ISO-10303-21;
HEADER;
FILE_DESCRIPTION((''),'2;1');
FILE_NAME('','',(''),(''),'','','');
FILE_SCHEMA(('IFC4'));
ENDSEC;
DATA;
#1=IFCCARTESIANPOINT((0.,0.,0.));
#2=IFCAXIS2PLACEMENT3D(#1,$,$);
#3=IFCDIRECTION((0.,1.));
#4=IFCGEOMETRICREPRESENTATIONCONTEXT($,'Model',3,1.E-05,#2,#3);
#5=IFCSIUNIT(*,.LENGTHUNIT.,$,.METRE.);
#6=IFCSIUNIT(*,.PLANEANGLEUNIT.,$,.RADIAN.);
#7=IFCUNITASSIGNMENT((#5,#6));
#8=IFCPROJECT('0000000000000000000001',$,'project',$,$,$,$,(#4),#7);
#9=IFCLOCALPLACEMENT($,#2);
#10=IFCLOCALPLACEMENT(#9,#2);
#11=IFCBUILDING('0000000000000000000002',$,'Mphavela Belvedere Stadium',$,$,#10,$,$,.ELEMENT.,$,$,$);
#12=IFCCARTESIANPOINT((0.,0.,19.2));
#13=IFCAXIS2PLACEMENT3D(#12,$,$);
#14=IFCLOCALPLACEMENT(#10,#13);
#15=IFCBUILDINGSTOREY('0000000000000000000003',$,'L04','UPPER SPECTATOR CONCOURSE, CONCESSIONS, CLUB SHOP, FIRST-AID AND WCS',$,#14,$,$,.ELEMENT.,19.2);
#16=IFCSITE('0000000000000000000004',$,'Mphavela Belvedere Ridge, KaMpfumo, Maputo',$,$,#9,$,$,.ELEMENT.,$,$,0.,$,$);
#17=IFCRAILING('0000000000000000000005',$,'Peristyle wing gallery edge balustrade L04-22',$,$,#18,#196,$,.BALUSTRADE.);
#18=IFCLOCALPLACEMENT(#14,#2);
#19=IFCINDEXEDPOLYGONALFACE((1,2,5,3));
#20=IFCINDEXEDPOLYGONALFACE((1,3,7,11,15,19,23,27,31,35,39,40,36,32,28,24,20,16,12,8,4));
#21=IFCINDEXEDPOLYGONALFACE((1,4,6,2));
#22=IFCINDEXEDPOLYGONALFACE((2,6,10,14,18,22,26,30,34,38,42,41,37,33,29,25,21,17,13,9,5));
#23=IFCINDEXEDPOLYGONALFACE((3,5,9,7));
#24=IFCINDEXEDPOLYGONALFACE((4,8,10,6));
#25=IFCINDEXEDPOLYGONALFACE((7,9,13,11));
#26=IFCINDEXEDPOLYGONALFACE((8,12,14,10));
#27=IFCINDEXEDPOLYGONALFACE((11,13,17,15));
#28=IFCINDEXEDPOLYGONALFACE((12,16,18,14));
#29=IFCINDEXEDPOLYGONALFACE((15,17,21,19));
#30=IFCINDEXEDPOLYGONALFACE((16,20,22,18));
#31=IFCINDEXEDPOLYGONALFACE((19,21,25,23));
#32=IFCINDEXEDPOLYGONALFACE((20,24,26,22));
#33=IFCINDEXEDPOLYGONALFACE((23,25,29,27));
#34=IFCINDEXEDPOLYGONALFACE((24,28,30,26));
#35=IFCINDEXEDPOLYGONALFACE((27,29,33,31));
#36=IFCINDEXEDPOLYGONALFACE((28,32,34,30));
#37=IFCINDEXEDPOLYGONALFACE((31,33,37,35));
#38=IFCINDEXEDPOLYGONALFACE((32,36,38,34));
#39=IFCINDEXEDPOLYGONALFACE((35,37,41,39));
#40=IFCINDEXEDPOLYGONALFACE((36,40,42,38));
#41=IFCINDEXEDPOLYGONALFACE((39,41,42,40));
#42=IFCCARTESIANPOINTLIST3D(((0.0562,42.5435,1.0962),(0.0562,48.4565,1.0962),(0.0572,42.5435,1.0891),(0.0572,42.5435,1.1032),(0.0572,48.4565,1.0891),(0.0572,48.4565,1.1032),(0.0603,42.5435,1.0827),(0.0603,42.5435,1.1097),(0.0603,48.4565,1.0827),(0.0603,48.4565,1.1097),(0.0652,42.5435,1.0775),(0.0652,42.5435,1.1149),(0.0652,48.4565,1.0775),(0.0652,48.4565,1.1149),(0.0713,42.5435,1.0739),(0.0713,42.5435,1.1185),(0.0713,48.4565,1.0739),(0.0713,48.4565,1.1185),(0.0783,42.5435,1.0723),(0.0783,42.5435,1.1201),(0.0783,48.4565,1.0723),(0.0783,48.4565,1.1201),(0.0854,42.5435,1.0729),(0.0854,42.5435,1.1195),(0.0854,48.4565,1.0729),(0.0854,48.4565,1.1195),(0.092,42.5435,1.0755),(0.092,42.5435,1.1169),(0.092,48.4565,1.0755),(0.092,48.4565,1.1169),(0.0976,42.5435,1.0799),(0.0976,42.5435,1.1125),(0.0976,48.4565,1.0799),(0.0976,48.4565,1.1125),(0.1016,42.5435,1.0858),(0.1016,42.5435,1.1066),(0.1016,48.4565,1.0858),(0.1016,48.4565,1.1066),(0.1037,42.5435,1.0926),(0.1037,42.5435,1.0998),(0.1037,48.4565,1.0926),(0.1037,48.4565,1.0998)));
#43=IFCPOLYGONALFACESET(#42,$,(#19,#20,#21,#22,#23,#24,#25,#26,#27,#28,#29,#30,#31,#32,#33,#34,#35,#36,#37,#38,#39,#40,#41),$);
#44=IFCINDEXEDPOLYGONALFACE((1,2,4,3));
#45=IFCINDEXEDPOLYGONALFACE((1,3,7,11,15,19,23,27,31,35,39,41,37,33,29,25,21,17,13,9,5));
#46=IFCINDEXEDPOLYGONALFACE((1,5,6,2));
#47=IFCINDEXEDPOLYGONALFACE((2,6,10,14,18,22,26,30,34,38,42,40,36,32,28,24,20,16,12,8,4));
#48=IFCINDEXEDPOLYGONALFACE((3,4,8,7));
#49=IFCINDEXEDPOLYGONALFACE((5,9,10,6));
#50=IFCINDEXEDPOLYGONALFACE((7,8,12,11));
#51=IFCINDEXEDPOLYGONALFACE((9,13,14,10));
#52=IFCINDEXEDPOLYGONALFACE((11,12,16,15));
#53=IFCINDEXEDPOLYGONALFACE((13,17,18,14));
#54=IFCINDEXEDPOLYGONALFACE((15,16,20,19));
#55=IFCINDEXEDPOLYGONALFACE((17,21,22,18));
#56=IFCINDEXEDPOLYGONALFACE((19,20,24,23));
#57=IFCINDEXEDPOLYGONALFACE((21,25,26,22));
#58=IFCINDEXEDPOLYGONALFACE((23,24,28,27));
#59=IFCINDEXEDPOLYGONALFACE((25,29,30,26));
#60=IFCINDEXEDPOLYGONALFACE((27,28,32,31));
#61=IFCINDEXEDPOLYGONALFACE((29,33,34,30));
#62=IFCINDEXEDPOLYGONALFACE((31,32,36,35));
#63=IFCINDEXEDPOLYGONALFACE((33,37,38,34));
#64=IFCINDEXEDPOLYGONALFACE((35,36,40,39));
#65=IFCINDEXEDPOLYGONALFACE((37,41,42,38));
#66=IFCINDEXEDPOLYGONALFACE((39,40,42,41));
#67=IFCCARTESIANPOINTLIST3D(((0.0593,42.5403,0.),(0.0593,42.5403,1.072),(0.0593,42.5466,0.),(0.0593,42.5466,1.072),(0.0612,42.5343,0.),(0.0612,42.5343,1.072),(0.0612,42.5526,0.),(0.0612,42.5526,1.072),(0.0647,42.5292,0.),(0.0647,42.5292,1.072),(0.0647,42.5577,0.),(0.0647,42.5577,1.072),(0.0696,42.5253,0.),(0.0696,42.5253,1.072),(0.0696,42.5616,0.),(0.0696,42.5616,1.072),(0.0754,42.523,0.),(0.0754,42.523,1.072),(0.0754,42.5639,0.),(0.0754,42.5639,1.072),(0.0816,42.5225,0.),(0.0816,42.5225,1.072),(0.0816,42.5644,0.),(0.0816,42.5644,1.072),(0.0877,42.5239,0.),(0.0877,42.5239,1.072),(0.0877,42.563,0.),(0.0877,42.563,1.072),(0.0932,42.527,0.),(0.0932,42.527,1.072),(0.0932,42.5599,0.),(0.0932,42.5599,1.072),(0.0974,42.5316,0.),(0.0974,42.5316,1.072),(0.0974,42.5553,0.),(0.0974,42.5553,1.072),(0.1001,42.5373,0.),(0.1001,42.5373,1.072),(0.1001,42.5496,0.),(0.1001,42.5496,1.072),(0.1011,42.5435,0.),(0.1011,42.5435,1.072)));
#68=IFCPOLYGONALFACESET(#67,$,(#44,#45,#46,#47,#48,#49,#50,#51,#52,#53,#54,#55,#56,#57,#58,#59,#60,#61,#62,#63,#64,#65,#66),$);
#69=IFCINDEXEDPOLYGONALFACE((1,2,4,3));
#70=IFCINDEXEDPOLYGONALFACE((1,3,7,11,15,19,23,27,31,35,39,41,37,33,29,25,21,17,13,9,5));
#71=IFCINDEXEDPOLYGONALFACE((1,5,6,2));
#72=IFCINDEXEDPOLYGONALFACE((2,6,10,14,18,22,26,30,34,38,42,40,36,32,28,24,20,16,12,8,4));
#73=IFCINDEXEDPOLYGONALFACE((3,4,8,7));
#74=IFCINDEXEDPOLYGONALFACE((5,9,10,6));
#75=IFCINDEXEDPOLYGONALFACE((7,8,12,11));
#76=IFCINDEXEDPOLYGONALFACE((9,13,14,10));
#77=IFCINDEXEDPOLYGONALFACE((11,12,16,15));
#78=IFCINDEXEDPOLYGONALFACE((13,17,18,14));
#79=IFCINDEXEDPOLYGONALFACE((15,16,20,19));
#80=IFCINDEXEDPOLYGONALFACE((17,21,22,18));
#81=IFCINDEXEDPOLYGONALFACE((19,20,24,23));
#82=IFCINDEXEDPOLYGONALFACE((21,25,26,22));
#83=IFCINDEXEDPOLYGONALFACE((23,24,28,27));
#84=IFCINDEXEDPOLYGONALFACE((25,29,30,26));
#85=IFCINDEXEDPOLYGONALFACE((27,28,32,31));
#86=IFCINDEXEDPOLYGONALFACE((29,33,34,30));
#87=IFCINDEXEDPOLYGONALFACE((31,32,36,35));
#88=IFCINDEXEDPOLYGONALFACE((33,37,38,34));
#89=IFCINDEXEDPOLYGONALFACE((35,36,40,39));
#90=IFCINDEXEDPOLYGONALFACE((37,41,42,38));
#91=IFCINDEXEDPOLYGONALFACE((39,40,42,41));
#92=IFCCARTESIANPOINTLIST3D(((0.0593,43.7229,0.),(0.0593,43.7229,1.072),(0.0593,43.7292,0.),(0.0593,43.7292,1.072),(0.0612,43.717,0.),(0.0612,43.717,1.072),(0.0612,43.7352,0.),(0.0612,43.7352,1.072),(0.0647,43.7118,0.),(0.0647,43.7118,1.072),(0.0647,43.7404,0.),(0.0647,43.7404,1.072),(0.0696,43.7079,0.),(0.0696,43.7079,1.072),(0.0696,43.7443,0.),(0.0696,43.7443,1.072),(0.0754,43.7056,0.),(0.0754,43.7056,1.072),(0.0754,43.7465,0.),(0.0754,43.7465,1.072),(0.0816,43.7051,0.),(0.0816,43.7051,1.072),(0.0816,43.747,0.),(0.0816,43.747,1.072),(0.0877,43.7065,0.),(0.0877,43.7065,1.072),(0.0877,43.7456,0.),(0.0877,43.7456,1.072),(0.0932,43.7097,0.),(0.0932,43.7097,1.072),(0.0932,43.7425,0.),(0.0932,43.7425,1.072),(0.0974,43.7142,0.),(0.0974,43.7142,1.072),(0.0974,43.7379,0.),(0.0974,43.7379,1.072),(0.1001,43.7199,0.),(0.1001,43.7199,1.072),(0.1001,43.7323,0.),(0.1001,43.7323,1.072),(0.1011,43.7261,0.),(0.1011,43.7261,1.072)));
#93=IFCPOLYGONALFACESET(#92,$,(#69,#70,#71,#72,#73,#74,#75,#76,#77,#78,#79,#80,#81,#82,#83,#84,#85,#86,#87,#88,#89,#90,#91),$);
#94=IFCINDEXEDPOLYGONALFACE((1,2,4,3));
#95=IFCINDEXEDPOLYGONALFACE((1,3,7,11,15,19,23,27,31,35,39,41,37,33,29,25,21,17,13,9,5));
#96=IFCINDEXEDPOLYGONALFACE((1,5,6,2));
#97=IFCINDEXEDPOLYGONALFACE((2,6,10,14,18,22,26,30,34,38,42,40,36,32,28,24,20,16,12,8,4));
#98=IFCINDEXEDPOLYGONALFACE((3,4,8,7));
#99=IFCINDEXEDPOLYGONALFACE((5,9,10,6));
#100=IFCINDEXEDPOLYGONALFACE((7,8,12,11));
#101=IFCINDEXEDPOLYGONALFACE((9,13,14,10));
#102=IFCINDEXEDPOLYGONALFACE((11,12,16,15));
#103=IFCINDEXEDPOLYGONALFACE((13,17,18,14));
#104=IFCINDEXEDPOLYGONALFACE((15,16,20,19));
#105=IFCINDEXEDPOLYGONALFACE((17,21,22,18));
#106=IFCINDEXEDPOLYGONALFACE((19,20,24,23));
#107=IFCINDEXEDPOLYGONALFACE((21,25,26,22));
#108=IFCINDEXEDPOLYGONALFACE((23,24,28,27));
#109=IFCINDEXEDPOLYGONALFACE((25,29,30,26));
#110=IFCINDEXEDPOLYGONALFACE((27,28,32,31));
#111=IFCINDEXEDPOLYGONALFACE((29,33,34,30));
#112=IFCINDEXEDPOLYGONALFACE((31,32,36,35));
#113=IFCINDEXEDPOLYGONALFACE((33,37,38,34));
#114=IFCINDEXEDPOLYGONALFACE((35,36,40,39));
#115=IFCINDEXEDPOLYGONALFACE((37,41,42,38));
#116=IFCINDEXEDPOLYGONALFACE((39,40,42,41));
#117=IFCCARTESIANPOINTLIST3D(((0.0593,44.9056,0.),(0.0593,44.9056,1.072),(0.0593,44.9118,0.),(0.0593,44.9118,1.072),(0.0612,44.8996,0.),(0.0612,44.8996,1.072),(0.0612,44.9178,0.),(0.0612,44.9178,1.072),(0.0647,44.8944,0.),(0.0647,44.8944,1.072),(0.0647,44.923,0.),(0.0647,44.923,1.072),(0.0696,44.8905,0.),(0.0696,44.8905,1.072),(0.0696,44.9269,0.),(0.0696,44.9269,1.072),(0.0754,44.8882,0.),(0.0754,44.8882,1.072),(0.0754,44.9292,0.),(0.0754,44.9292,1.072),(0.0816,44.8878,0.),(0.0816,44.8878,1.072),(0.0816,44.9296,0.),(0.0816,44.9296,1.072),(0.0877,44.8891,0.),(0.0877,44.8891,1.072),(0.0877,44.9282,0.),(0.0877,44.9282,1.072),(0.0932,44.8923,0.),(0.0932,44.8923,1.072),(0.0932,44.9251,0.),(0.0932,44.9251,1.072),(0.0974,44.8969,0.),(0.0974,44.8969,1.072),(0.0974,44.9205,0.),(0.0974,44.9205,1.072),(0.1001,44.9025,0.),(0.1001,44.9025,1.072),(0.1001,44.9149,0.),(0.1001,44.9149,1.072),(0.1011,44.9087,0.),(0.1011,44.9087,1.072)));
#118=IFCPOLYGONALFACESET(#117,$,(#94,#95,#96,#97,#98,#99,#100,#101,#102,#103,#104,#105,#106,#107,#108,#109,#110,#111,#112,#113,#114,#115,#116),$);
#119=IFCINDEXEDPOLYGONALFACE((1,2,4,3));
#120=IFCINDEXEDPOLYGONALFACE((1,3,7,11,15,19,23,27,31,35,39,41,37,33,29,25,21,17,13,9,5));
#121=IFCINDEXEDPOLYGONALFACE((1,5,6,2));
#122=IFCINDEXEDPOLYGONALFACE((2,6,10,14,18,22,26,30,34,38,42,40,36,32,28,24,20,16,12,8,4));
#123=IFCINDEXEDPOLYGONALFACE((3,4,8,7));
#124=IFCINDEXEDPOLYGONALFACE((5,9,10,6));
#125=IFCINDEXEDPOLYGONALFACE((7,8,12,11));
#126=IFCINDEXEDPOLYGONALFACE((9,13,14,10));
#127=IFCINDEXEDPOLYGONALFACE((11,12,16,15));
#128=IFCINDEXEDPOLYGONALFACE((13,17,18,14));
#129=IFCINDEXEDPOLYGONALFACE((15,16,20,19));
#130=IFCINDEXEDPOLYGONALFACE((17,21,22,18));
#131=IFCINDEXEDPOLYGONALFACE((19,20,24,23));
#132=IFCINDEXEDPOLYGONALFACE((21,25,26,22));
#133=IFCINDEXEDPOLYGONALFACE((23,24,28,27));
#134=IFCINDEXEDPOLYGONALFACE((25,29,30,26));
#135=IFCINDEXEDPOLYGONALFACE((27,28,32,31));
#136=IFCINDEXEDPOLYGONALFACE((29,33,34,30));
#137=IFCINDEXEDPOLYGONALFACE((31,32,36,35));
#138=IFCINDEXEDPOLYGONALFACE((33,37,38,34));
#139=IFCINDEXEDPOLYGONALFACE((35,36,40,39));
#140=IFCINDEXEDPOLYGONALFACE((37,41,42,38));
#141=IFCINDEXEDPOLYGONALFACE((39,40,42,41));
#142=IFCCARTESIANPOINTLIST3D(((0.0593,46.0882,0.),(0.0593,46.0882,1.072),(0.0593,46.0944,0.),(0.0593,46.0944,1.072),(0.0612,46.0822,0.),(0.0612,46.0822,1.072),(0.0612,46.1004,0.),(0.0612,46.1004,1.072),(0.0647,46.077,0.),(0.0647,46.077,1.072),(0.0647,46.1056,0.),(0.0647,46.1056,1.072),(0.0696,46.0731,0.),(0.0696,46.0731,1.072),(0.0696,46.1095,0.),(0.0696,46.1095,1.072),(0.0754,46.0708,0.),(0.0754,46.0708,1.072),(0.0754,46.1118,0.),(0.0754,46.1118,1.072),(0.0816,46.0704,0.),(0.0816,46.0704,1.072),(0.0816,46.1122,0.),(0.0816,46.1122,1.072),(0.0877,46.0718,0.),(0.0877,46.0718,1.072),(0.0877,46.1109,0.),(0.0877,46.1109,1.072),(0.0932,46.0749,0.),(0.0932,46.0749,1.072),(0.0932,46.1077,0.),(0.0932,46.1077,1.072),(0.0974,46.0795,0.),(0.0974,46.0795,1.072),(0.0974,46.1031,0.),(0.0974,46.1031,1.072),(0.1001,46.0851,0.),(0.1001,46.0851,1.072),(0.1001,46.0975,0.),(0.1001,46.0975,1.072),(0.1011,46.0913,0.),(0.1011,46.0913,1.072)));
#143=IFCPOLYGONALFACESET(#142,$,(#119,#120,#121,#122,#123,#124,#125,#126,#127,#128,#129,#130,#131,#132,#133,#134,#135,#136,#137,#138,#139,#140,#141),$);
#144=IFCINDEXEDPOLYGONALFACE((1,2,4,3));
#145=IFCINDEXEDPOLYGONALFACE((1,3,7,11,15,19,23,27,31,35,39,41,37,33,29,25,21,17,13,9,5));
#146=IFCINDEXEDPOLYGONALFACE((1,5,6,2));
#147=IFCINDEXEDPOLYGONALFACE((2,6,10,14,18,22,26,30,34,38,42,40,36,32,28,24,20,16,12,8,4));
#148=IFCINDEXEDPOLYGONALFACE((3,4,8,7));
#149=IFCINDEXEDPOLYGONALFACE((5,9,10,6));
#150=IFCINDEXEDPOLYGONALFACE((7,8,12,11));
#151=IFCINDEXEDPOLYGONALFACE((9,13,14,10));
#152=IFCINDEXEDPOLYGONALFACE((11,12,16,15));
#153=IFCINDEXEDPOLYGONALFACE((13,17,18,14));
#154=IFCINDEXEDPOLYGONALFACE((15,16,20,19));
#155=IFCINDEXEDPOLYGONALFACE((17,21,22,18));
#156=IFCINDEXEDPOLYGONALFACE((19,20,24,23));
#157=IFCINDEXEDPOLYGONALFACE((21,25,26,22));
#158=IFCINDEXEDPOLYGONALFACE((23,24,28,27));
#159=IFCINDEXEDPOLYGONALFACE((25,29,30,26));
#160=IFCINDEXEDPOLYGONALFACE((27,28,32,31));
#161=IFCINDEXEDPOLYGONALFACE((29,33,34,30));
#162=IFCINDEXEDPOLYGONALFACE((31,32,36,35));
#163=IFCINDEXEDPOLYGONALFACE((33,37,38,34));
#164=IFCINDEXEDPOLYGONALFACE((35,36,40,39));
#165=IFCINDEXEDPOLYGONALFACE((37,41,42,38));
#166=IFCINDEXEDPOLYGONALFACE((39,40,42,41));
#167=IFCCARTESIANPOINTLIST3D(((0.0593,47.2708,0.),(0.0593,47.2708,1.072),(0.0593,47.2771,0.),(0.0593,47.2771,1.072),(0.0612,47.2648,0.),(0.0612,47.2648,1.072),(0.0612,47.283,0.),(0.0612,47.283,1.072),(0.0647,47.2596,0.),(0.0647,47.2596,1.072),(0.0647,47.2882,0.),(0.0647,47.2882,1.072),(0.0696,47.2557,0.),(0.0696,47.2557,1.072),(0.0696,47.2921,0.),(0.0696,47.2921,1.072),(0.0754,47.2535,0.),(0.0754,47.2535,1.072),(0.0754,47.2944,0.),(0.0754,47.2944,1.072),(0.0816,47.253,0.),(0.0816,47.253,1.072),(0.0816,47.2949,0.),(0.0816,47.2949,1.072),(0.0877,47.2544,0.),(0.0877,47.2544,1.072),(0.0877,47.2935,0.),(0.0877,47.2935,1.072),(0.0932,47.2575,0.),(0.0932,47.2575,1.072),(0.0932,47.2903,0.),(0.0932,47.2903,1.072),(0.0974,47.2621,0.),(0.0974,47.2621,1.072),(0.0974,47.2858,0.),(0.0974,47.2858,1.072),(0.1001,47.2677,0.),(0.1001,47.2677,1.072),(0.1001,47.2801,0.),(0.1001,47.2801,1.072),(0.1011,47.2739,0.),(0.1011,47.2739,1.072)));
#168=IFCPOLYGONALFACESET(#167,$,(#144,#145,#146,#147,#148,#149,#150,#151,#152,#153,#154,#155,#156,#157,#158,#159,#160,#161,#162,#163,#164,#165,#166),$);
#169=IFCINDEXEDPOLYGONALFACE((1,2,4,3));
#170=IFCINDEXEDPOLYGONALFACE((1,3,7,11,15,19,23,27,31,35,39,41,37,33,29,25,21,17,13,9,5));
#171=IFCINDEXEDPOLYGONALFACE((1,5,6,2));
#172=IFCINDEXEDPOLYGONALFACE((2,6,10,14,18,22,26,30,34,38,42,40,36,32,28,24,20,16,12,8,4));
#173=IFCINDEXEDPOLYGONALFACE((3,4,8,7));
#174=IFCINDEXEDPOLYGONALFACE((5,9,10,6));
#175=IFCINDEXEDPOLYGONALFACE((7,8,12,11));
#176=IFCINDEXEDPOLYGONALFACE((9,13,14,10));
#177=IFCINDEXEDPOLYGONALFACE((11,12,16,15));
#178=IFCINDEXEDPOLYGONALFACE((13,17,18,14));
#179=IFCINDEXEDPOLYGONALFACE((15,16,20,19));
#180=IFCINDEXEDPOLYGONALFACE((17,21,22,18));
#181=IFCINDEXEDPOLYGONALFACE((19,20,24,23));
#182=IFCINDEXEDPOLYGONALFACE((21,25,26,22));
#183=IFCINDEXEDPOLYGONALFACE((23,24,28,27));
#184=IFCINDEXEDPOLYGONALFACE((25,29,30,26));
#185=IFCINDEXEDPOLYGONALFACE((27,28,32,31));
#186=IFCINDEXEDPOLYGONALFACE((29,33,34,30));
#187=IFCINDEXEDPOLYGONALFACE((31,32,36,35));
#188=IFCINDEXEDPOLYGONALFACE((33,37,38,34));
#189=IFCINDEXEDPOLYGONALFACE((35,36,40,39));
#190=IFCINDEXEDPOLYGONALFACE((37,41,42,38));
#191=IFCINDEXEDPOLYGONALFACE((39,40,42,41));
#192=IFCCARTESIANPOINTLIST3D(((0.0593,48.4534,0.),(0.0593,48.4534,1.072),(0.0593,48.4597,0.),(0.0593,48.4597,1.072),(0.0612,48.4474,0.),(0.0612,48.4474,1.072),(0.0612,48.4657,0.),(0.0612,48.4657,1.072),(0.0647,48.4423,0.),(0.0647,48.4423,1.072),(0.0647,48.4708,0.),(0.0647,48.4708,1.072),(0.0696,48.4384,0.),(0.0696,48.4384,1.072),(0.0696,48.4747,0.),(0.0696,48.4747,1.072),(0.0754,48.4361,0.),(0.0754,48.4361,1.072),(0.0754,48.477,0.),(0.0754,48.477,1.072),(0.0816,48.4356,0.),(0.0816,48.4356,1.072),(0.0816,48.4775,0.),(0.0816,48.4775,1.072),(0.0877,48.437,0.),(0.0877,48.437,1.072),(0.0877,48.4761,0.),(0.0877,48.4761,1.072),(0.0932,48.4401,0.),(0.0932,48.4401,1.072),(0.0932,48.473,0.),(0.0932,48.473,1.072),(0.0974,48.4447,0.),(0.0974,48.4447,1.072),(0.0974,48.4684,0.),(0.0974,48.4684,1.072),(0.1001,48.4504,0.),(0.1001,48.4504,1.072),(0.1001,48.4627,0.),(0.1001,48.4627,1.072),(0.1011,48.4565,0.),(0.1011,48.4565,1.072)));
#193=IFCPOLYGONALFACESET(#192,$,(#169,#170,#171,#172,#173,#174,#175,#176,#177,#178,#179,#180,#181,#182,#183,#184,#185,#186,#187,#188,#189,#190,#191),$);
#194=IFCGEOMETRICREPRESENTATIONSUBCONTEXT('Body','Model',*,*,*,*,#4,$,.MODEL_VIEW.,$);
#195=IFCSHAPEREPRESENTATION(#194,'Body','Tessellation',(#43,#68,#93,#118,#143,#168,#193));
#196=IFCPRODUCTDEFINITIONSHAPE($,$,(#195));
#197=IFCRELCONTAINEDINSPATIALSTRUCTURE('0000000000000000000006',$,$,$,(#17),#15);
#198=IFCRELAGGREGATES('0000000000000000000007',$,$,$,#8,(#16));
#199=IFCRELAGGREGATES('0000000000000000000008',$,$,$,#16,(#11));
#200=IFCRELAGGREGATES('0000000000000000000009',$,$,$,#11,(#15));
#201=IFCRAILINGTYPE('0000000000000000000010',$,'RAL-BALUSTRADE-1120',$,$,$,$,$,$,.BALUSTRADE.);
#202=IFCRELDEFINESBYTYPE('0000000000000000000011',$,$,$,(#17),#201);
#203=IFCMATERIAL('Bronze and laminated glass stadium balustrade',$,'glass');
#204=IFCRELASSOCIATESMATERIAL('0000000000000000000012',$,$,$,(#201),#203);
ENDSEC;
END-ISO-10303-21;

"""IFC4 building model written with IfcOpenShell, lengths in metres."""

from ifc_helpers import new_model, si_unit, direction, frame, origin, origin_2d, place, context, subcontext, project, spatial, circle, extrude, material, type_object, element, save


model = new_model("IFC4")

# Units and contexts
model_context = context("Model", 3, precision=1e-05, world=origin(), true_north=direction((0.0, 1.0)))
body_context = subcontext(model_context, "Body", "Model", "MODEL_VIEW")
ifc_project = project(units=[si_unit("LENGTHUNIT", "METRE"), si_unit("PLANEANGLEUNIT", "RADIAN")], contexts=[model_context])

# Site, building, storey
site_placement = place(None, origin())
site = spatial("IfcSite", under=ifc_project, at=site_placement, Name="Mphavela Belvedere Ridge, KaMpfumo, Maputo", CompositionType="ELEMENT", RefElevation=0.0)
building_placement = place(site_placement, origin())
building = spatial("IfcBuilding", under=site, at=building_placement, Name="Mphavela Belvedere Stadium", CompositionType="ELEMENT")
storey_placement = place(building_placement, frame((0.0, 0.0, 19.2)))
storey = spatial("IfcBuildingStorey", under=building, at=storey_placement, Name="L04", Description="UPPER SPECTATOR CONCOURSE, CONCESSIONS, CLUB SHOP, FIRST-AID AND WCS", CompositionType="ELEMENT", Elevation=19.2)

# Railing
ifc_material_1 = material(Name="Bronze and laminated glass stadium balustrade", Category="glass")
railing_type = type_object("IfcRailingType", Name="RAL-BALUSTRADE-1120", PredefinedType="BALUSTRADE", material=ifc_material_1)
for number, where, name in (
    (1, (0.0801, 42.5435, 0.0), "Peristyle wing gallery edge balustrade L04-22"),
):
    element("IfcRailing", number, at=place(storey_placement, frame(where)), inside=storey, type_object=railing_type, Name=name, PredefinedType="BALUSTRADE", context=body_context, shape_type="SweptSolid", body=[
        extrude(circle(Radius=0.0239, at=origin_2d()), frame((0.0, 0.0, 1.0962), z_axis=(0.0, 1.0, 0.0), x_axis=(-1.0, 0.0, 0.0)), (0.0, 0.0, 1.0), 5.9131),
        extrude(circle(Radius=0.021, at=origin_2d()), origin(), (0.0, 0.0, 1.0), 1.072),
        extrude(circle(Radius=0.021, at=origin_2d()), frame((0.0, 1.1826, 0.0)), (0.0, 0.0, 1.0), 1.072),
        extrude(circle(Radius=0.021, at=origin_2d()), frame((0.0, 2.3652, 0.0)), (0.0, 0.0, 1.0), 1.072),
        extrude(circle(Radius=0.021, at=origin_2d()), frame((0.0, 3.5479, 0.0)), (0.0, 0.0, 1.0), 1.072),
        extrude(circle(Radius=0.021, at=origin_2d()), frame((0.0, 4.7305, 0.0)), (0.0, 0.0, 1.0), 1.072),
        extrude(circle(Radius=0.021, at=origin_2d()), frame((0.0, 5.9131, 0.0)), (0.0, 0.0, 1.0), 1.072),
    ])

save(model, "model.ifc")
